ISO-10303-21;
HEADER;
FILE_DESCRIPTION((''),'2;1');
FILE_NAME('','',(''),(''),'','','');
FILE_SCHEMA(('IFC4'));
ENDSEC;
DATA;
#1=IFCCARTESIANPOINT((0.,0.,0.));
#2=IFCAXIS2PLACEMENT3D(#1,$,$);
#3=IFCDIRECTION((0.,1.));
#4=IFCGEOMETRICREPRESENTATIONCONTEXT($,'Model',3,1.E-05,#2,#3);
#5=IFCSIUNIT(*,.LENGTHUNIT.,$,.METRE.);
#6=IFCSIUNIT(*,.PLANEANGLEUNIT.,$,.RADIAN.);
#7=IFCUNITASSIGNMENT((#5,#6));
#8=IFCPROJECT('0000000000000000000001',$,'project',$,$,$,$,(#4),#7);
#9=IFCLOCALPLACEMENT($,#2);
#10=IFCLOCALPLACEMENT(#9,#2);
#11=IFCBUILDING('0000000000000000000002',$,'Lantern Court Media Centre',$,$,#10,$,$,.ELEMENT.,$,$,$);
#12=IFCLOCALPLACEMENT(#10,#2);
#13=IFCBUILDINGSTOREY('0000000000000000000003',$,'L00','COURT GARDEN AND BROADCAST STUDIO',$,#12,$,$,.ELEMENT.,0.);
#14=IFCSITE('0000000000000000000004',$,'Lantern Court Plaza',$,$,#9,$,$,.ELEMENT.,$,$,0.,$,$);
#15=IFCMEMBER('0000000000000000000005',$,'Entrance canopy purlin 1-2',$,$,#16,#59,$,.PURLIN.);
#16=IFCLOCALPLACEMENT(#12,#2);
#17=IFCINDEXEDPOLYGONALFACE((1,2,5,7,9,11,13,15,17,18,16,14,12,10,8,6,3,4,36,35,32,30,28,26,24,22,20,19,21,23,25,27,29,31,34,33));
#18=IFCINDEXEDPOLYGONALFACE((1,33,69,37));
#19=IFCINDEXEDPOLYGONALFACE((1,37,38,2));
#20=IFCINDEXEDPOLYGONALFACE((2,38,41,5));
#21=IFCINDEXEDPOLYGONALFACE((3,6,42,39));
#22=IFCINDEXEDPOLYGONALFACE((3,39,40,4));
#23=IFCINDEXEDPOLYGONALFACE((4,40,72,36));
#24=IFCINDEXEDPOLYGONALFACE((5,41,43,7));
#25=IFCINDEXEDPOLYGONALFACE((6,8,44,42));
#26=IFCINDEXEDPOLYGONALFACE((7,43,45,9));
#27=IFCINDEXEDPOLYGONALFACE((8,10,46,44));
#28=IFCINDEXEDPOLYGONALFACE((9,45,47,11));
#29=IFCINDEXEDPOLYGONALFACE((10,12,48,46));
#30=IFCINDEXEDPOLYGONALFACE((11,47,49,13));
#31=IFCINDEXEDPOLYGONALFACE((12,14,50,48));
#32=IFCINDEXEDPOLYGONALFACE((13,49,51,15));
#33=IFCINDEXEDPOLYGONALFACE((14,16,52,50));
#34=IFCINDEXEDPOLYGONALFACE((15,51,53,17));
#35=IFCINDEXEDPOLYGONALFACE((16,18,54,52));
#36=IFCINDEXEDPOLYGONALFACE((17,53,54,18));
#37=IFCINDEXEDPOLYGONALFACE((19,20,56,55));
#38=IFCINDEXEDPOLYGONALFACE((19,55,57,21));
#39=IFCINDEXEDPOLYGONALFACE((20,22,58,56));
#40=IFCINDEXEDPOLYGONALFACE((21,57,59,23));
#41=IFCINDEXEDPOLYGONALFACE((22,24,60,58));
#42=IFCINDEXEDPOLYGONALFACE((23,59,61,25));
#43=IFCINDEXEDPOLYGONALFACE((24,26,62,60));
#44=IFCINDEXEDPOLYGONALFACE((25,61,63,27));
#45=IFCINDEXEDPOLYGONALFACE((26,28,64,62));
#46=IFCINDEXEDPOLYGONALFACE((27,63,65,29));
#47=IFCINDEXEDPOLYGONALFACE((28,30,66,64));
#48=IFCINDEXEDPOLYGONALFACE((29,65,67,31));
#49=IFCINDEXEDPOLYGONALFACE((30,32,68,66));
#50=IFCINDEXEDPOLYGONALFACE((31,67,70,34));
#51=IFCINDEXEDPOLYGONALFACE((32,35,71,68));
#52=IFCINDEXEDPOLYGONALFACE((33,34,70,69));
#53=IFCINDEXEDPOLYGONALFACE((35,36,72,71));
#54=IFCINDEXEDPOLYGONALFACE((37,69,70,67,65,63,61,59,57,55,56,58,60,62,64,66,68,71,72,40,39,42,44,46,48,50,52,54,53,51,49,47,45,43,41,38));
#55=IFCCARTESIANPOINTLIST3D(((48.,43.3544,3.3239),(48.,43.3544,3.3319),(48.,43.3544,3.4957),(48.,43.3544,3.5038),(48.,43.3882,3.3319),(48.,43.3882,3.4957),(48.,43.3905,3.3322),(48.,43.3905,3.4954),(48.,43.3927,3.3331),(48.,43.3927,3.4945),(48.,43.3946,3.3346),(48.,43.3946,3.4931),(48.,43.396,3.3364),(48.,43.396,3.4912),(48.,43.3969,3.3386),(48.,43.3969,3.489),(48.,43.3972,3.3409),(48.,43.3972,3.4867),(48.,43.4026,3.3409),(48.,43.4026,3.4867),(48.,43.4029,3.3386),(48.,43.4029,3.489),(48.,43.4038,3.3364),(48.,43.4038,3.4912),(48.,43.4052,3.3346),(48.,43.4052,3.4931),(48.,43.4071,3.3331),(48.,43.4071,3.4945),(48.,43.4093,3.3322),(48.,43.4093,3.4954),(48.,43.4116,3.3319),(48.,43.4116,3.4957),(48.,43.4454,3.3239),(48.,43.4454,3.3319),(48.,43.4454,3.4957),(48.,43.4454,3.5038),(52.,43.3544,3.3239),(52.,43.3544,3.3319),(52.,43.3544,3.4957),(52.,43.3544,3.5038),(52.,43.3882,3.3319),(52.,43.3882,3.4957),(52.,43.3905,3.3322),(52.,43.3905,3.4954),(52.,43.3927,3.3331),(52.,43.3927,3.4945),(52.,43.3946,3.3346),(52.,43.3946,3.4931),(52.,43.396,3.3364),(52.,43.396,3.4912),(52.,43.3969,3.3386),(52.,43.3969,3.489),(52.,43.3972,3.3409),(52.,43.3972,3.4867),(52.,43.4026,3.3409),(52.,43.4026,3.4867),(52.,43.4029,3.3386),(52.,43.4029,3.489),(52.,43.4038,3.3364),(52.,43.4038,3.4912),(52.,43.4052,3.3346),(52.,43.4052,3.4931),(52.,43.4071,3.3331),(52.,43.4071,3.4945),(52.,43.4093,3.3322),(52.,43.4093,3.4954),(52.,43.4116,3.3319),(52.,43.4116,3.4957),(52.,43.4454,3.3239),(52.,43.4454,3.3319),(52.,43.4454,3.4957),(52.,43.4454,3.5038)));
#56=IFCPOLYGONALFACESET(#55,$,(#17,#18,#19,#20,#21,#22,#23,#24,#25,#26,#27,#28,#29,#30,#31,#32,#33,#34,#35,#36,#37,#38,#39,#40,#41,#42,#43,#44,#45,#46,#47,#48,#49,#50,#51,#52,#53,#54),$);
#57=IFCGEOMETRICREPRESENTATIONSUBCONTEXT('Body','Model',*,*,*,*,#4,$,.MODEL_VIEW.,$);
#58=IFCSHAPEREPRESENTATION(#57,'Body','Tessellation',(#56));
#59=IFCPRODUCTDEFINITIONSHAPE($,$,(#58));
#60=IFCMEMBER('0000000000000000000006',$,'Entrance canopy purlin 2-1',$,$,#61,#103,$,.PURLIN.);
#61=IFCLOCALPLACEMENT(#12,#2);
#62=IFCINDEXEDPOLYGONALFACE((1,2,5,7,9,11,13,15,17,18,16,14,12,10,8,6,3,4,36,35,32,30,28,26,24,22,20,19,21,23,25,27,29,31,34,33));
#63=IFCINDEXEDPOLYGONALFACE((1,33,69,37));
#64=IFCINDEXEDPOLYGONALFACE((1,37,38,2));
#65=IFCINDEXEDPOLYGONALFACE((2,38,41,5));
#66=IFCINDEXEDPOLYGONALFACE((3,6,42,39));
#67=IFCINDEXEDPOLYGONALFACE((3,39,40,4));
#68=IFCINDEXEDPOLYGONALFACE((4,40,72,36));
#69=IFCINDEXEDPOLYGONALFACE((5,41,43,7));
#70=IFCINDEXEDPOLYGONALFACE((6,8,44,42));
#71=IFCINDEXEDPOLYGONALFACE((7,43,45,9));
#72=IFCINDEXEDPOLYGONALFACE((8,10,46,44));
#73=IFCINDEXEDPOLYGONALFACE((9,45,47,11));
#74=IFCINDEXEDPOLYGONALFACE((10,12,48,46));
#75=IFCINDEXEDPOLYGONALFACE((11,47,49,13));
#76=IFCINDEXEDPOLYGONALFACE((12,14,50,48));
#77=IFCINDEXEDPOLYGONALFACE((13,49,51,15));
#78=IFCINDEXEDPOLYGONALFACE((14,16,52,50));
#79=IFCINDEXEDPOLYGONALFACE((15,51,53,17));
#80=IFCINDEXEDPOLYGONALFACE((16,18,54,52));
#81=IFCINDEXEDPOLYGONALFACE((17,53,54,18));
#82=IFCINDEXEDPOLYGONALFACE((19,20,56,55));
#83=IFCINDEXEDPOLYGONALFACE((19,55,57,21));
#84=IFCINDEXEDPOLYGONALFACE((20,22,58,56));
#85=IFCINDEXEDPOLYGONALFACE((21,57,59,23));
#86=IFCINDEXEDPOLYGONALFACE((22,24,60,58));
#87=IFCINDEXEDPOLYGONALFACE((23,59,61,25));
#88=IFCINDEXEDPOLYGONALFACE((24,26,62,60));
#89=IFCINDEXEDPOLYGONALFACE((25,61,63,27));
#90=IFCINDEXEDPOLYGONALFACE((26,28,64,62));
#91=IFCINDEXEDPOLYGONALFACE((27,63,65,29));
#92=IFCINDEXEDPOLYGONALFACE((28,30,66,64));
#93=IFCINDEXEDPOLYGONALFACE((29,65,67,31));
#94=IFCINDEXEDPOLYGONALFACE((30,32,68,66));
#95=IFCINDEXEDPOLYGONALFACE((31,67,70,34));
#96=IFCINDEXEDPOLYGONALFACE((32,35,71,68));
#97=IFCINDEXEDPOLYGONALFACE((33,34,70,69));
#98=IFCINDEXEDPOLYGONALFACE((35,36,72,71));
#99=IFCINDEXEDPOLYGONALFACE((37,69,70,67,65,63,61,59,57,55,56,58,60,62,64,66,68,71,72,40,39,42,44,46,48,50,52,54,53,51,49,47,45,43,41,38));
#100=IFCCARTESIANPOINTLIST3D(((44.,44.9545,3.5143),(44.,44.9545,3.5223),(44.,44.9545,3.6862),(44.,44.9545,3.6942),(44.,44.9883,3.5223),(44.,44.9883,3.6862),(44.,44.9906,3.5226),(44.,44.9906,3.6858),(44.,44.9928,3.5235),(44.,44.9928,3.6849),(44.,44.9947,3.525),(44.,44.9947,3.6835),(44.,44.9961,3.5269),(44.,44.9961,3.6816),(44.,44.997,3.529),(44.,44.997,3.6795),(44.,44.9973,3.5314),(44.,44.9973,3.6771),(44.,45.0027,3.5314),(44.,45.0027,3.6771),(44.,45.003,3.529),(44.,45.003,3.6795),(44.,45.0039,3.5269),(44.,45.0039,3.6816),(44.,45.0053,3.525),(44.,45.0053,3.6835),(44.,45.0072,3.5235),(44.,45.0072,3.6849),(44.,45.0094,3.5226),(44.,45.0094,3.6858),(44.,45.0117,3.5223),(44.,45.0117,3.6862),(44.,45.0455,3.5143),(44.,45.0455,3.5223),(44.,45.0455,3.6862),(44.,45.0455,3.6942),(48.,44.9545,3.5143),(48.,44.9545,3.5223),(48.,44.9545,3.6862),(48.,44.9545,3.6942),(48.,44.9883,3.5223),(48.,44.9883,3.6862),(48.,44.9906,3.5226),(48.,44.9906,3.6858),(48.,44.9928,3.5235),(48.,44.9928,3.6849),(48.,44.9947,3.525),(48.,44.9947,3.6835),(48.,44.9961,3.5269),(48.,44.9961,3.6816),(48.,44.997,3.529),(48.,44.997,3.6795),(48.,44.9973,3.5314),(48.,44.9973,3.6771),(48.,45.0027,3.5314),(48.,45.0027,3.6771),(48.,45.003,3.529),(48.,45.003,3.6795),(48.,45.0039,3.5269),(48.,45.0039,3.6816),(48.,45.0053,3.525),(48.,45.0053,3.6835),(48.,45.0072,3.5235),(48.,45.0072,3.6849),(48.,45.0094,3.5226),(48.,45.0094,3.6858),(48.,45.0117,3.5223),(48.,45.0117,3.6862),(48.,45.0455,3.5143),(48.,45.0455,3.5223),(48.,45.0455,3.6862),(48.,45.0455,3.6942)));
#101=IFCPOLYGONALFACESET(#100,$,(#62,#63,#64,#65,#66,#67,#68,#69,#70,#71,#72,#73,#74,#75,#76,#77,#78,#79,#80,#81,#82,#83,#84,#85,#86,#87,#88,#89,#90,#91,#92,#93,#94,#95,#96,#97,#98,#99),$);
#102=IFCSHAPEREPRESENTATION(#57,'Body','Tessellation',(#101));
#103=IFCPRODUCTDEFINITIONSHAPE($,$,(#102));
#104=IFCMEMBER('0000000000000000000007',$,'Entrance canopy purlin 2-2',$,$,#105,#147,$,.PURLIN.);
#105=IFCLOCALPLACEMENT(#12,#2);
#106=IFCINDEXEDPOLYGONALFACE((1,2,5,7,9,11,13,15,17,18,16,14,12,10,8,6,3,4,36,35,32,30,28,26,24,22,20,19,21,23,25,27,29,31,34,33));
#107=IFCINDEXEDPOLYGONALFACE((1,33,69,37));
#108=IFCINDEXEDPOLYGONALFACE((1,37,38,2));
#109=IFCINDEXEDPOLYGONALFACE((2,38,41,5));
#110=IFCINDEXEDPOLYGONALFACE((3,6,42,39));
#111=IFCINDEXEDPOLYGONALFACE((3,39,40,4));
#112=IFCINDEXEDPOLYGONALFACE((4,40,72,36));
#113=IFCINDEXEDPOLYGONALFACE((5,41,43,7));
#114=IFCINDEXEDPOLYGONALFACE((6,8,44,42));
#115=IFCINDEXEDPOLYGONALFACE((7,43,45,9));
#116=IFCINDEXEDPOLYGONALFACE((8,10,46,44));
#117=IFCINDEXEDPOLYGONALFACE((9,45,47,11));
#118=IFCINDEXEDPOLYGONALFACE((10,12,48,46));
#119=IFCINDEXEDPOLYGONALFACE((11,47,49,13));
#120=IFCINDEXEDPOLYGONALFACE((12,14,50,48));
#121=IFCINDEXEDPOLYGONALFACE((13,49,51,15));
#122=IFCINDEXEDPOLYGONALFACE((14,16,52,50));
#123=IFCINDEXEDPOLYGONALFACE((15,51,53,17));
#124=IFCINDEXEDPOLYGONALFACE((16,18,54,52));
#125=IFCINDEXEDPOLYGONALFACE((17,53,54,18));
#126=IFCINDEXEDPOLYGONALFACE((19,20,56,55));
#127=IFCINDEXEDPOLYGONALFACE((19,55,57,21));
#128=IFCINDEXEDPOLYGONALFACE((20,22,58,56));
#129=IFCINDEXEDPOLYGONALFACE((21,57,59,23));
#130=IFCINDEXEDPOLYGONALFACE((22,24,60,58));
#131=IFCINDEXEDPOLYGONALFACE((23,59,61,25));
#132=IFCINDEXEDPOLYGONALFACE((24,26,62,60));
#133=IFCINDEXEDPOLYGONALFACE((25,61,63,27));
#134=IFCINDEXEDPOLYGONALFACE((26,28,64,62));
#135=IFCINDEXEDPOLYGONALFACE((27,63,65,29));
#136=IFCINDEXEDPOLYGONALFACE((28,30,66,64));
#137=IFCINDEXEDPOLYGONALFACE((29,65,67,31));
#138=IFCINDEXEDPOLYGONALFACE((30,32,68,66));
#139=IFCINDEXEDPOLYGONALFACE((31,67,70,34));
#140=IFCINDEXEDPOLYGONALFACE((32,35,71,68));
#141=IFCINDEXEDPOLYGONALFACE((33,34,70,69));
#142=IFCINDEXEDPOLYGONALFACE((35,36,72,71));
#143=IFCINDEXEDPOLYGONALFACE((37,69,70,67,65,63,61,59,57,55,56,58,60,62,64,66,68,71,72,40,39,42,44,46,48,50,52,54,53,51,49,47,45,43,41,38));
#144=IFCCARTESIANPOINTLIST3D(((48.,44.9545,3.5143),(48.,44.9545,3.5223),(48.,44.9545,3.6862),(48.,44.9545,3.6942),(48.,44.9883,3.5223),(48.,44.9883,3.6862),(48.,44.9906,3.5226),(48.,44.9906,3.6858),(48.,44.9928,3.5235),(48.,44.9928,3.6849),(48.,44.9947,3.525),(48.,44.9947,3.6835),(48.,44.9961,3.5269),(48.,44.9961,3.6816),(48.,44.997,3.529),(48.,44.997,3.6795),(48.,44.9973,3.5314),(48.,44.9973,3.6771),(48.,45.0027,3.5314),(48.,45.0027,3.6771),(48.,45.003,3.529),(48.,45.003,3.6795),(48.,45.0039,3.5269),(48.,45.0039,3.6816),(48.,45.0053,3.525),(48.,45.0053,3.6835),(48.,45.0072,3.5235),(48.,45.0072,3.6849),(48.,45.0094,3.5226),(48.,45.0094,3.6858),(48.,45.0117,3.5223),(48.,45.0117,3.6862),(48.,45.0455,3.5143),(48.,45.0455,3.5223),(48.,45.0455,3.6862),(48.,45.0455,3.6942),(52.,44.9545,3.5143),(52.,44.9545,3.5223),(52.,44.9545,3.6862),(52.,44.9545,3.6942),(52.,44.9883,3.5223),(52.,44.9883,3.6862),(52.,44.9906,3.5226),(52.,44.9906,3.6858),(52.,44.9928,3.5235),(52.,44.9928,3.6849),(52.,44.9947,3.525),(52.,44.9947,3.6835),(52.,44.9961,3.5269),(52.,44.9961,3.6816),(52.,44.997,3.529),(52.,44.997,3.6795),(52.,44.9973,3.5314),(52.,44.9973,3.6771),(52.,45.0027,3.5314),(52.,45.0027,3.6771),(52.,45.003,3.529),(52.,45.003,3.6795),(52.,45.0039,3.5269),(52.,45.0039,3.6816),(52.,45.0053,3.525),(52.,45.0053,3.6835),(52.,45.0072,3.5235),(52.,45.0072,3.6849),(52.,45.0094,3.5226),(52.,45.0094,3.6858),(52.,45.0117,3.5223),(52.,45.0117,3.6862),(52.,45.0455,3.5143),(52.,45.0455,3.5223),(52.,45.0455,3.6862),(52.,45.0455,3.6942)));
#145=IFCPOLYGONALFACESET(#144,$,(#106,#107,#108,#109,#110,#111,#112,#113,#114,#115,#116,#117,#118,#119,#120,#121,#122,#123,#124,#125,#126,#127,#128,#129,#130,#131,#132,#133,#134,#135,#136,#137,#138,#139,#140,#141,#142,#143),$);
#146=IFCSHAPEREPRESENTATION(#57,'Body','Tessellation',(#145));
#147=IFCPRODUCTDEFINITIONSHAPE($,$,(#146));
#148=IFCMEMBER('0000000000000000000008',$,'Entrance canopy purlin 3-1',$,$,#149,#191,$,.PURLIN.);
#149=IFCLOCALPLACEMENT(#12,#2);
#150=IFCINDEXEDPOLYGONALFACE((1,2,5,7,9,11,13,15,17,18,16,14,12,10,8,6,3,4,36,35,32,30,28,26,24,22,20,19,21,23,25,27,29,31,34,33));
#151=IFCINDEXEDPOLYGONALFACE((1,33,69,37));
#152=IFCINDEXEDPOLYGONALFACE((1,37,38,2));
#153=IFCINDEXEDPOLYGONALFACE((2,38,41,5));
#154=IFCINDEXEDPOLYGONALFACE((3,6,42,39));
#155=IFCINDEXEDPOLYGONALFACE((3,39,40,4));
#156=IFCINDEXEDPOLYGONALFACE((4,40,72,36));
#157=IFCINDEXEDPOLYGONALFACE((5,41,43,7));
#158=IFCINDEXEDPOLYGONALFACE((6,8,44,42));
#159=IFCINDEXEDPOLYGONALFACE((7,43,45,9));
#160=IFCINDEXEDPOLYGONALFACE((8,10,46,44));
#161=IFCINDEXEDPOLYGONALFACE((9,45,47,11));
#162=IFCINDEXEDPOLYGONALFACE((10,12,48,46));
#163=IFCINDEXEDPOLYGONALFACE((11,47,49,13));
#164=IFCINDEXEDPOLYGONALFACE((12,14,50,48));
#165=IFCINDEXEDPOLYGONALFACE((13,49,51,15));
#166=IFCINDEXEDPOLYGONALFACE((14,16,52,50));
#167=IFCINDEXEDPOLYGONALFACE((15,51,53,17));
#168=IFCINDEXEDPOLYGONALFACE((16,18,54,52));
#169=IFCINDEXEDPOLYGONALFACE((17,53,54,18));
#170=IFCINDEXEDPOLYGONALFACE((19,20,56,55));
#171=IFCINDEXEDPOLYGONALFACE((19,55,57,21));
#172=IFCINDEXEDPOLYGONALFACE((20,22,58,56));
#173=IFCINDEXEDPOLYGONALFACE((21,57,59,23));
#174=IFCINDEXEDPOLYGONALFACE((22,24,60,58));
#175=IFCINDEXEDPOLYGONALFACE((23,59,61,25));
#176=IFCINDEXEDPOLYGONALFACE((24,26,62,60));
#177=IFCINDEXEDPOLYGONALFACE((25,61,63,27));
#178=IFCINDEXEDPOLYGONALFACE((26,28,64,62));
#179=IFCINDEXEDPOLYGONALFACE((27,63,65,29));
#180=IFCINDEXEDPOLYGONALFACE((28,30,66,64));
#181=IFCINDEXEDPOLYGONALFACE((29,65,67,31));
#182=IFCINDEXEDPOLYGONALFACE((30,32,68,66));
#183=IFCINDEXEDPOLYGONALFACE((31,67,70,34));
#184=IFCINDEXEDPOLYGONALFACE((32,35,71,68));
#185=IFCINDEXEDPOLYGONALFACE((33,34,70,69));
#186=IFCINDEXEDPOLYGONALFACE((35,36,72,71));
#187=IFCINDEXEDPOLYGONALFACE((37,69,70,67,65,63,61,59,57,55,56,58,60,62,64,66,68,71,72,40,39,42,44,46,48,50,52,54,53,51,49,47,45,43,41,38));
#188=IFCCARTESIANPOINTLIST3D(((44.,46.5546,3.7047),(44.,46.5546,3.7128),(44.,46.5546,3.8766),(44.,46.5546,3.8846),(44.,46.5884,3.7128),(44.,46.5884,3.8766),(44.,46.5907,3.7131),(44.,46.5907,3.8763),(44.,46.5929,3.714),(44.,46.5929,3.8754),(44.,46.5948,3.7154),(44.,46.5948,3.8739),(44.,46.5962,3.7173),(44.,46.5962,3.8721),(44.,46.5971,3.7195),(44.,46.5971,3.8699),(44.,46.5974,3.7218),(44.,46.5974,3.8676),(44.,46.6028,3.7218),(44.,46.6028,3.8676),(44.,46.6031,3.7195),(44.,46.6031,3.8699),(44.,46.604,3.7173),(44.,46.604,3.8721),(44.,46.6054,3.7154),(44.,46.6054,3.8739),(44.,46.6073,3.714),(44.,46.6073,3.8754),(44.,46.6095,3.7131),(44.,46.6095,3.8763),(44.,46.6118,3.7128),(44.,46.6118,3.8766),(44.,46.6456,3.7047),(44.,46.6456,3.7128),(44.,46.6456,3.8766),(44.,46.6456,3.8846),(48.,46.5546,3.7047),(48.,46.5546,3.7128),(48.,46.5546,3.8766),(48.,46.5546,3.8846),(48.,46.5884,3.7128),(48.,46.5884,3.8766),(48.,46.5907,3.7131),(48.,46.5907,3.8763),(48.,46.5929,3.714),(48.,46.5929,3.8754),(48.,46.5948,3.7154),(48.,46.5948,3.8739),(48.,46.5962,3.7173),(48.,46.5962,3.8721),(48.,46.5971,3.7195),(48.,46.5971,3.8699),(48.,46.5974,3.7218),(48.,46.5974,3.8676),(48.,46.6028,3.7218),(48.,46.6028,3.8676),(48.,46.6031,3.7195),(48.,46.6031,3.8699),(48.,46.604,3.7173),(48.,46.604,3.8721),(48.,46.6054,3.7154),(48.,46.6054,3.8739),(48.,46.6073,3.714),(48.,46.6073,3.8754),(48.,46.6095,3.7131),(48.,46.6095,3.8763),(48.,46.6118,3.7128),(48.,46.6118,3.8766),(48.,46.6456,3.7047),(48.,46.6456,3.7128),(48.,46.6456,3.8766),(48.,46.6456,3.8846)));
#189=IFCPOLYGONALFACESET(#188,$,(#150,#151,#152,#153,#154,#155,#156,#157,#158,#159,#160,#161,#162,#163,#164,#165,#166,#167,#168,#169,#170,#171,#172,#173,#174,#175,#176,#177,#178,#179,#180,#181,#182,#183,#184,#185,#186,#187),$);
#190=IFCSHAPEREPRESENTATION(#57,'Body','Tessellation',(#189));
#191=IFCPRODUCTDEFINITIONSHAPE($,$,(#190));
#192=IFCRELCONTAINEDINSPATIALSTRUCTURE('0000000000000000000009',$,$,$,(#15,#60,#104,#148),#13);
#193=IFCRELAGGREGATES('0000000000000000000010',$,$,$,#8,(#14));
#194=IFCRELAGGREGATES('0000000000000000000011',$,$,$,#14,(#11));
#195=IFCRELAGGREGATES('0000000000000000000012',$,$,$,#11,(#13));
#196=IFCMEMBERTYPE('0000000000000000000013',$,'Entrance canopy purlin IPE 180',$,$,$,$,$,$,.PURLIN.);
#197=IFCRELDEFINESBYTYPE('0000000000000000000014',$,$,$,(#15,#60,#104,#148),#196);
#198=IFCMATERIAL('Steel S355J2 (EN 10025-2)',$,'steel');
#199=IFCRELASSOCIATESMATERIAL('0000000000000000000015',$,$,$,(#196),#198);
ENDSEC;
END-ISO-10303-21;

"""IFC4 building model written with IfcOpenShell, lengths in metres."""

from ifc_helpers import new_model, si_unit, direction, frame, origin, origin_2d, place, context, subcontext, project, spatial, i_section, extrude, material, material_profile, profile_set, type_object, element, save


model = new_model("IFC4")

# Units and contexts
model_context = context("Model", 3, precision=1e-05, world=origin(), true_north=direction((0.0, 1.0)))
body_context = subcontext(model_context, "Body", "Model", "MODEL_VIEW")
ifc_project = project(units=[si_unit("LENGTHUNIT", "METRE"), si_unit("PLANEANGLEUNIT", "RADIAN")], contexts=[model_context])

# Site, building, storey
site_placement = place(None, origin())
site = spatial("IfcSite", under=ifc_project, at=site_placement, Name="Lantern Court Plaza", CompositionType="ELEMENT", RefElevation=0.0)
building_placement = place(site_placement, origin())
building = spatial("IfcBuilding", under=site, at=building_placement, Name="Lantern Court Media Centre", CompositionType="ELEMENT")
storey_placement = place(building_placement, origin())
storey = spatial("IfcBuildingStorey", under=building, at=storey_placement, Name="L00", Description="COURT GARDEN AND BROADCAST STUDIO", CompositionType="ELEMENT", Elevation=0.0)

# Shared definitions
ifc_material_1 = material(Name="Steel S355J2 (EN 10025-2)", Category="steel")

# Members
ifc_material_profile_1 = material_profile(ifc_material_1, i_section(OverallWidth=0.0911, OverallDepth=0.1799, WebThickness=0.0054, FlangeThickness=0.0081, FilletRadius=0.009, at=origin_2d()), Name="IPE 180")
ifc_profile_set_1 = profile_set([ifc_material_profile_1], Name="Steel S355J2 (EN 10025-2)")
member_type_1 = type_object("IfcMemberType", Name="Entrance canopy purlin IPE 180", PredefinedType="PURLIN", material=ifc_profile_set_1)
for number, where, z_axis, x_axis, name in (
    (1, (48.0, 43.3999, 3.4138), (1.0, 0.0, 0.0), (0.0, 1.0, 0.0), "Entrance canopy purlin 1-2"),
    (2, (44.0, 45.0, 3.6042), (1.0, 0.0, 0.0), (0.0, 1.0, 0.0), "Entrance canopy purlin 2-1"),
    (3, (48.0, 45.0, 3.6042), (1.0, 0.0, 0.0), (0.0, 1.0, 0.0), "Entrance canopy purlin 2-2"),
    (4, (44.0, 46.6001, 3.7947), (1.0, 0.0, 0.0), (0.0, 1.0, 0.0), "Entrance canopy purlin 3-1"),
):
    element("IfcMember", number, at=place(storey_placement, frame(where, z_axis=z_axis, x_axis=x_axis)), inside=storey, type_object=member_type_1, Name=name, PredefinedType="PURLIN", context=body_context, shape_type="SweptSolid", body=[
        extrude(i_section(OverallWidth=0.0911, OverallDepth=0.1799, WebThickness=0.0054, FlangeThickness=0.0081, FilletRadius=0.009, at=origin_2d()), origin(), (0.0, 0.0, 1.0), 4.0),
    ])

save(model, "model.ifc")
